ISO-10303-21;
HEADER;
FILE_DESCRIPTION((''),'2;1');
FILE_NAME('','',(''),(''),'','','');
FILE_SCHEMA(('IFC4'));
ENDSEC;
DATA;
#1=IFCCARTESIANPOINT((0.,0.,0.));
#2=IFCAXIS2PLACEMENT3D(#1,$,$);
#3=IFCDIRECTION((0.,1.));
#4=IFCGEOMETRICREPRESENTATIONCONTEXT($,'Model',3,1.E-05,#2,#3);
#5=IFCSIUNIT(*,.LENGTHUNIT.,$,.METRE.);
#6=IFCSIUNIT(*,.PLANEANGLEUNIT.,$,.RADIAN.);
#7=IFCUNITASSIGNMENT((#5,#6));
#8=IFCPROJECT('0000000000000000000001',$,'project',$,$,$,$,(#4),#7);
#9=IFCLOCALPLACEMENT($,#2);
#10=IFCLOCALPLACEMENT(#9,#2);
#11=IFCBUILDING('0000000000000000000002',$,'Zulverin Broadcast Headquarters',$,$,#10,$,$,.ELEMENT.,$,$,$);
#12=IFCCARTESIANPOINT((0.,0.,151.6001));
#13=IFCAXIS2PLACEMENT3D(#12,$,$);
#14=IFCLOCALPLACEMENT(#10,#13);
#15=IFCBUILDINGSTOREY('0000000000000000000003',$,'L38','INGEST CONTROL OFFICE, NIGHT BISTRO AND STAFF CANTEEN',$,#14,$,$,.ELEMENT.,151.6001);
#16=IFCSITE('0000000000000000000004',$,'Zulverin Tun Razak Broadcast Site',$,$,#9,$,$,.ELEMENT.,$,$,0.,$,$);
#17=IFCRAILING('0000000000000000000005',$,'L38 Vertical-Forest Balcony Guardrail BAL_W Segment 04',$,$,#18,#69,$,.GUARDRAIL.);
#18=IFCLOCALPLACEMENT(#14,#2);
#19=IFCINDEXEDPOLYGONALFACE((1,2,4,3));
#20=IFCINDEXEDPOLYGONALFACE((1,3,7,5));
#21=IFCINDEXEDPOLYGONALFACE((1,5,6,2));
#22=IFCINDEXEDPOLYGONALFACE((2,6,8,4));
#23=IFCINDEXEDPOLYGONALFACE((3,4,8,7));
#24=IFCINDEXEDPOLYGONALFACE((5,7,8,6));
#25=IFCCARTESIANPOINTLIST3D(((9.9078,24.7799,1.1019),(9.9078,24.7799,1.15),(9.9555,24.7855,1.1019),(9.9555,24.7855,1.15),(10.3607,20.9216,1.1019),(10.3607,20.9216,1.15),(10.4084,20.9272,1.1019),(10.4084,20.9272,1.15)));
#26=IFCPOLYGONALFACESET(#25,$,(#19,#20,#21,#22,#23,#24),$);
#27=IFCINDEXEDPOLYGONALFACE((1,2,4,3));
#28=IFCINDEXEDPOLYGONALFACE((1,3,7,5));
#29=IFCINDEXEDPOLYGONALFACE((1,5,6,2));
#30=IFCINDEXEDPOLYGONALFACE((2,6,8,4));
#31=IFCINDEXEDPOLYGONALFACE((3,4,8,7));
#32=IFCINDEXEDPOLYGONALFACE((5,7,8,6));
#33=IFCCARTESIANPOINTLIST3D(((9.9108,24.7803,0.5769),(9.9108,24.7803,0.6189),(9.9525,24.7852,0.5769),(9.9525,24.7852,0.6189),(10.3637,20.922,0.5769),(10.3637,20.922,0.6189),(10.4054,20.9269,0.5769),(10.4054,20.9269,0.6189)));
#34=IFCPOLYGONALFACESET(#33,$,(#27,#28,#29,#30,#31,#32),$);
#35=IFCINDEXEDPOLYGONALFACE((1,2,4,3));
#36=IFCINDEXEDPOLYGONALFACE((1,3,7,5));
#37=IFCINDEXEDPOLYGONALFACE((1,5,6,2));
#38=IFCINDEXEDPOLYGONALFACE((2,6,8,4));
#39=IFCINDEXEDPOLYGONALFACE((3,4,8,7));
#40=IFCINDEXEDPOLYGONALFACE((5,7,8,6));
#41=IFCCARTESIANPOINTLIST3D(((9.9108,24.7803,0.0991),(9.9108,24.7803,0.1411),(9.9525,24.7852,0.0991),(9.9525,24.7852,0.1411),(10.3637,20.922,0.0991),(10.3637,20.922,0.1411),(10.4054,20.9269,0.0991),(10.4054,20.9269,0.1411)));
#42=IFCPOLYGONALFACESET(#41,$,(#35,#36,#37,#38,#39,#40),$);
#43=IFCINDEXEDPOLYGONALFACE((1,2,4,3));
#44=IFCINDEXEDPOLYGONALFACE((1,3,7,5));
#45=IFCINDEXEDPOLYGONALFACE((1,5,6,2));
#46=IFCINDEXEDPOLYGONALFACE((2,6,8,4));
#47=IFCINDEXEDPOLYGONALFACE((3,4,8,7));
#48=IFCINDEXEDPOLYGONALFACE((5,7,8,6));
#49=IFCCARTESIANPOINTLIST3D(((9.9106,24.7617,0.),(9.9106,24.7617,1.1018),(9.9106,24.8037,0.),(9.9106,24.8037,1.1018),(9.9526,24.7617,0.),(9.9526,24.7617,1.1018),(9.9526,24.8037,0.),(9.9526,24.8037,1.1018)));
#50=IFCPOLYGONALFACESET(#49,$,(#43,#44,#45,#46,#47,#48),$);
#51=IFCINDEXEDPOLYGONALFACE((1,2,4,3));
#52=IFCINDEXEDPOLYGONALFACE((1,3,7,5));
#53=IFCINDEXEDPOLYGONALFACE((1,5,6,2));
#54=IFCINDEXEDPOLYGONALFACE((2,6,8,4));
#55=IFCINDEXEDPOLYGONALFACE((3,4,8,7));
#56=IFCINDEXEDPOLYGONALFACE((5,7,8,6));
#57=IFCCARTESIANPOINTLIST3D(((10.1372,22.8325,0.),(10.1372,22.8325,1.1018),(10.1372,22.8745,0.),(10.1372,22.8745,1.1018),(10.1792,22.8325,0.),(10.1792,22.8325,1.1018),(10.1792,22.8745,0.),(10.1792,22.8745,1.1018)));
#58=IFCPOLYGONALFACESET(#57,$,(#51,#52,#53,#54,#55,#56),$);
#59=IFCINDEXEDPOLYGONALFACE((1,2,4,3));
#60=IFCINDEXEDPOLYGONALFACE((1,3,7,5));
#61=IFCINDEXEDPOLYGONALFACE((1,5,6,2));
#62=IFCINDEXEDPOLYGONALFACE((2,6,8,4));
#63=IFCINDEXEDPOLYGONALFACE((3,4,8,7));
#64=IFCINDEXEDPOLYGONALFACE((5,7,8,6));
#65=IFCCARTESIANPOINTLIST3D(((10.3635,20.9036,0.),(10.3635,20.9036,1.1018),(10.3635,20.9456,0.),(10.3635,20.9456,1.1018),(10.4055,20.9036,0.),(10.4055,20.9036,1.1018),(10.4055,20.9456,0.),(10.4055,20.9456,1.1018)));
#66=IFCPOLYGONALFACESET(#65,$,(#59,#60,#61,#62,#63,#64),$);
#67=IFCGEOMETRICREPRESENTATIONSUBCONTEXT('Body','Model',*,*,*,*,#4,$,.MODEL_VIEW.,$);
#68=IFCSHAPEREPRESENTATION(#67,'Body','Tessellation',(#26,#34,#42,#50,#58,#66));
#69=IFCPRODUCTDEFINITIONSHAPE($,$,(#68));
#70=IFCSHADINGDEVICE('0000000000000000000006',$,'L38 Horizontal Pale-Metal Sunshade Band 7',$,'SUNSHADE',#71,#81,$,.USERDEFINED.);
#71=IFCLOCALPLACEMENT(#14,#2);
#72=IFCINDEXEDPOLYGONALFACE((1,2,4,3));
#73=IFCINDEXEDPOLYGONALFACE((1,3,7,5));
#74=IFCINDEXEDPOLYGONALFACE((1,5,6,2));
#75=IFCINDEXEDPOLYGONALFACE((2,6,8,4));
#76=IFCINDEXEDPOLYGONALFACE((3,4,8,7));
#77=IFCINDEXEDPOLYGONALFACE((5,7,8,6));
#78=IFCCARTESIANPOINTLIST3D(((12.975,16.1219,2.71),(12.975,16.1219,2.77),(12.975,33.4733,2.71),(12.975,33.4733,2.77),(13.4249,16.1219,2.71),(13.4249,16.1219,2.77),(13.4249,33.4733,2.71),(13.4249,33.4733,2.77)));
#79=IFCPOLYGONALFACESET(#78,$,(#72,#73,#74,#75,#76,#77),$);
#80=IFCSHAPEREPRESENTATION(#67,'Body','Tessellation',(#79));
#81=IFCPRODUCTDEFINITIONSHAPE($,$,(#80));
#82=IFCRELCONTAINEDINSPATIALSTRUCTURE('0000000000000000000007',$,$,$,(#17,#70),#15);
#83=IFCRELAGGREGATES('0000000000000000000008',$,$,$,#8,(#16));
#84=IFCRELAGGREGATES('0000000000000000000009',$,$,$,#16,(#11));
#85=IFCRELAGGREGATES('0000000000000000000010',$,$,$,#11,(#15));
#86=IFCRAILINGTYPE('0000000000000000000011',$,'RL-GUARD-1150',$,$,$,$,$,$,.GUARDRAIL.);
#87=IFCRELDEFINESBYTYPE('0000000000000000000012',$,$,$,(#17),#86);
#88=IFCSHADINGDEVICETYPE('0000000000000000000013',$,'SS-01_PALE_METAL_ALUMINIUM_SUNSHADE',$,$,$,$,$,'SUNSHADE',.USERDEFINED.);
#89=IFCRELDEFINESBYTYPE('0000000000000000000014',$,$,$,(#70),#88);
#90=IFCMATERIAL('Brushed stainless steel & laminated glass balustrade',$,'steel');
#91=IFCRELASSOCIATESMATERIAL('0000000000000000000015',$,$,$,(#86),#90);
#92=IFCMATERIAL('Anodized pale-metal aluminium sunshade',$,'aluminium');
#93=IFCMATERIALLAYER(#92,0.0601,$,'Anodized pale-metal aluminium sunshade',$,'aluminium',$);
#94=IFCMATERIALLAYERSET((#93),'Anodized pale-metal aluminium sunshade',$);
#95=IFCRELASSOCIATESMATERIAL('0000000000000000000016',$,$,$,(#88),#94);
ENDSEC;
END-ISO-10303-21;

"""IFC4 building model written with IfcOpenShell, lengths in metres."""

from ifc_helpers import new_model, si_unit, direction, frame, origin, origin_2d, place, context, subcontext, project, spatial, rectangle, extrude, material, layer, layer_set, type_object, element, save


model = new_model("IFC4")

# Units and contexts
model_context = context("Model", 3, precision=1e-05, world=origin(), true_north=direction((0.0, 1.0)))
body_context = subcontext(model_context, "Body", "Model", "MODEL_VIEW")
ifc_project = project(units=[si_unit("LENGTHUNIT", "METRE"), si_unit("PLANEANGLEUNIT", "RADIAN")], contexts=[model_context])

# Site, building, storey
site_placement = place(None, origin())
site = spatial("IfcSite", under=ifc_project, at=site_placement, Name="Zulverin Tun Razak Broadcast Site", CompositionType="ELEMENT", RefElevation=0.0)
building_placement = place(site_placement, origin())
building = spatial("IfcBuilding", under=site, at=building_placement, Name="Zulverin Broadcast Headquarters", CompositionType="ELEMENT")
storey_placement = place(building_placement, frame((0.0, 0.0, 151.6001)))
storey = spatial("IfcBuildingStorey", under=building, at=storey_placement, Name="L38", Description="INGEST CONTROL OFFICE, NIGHT BISTRO AND STAFF CANTEEN", CompositionType="ELEMENT", Elevation=151.6001)

# Railing
ifc_material_1 = material(Name="Brushed stainless steel & laminated glass balustrade", Category="steel")
railing_type = type_object("IfcRailingType", Name="RL-GUARD-1150", PredefinedType="GUARDRAIL", material=ifc_material_1)
railing_1_placement = place(storey_placement, frame((9.9316, 24.7827, 0.0)))
element("IfcRailing", 1, at=railing_1_placement, inside=storey, type_object=railing_type, Name="L38 Vertical-Forest Balcony Guardrail BAL_W Segment 04", PredefinedType="GUARDRAIL", context=body_context, shape_type="SweptSolid", body=[
    extrude(rectangle(XDim=0.0481, YDim=0.0481, at=origin_2d()), frame((0.0, 0.0, 1.126), z_axis=(0.116582, -0.993181, 0.0), x_axis=(0.993181, 0.116582, 0.0)), (0.0, 0.0, 1.0), 3.8848),
    extrude(rectangle(XDim=0.042, YDim=0.042, at=origin_2d()), frame((0.0, 0.0, 0.5979), z_axis=(0.116582, -0.993181, 0.0), x_axis=(0.993181, 0.116582, 0.0)), (0.0, 0.0, 1.0), 3.8848),
    extrude(rectangle(XDim=0.042, YDim=0.042, at=origin_2d()), frame((0.0, 0.0, 0.1201), z_axis=(0.116582, -0.993181, 0.0), x_axis=(0.993181, 0.116582, 0.0)), (0.0, 0.0, 1.0), 3.8848),
    extrude(rectangle(XDim=0.042, YDim=0.042, at=origin_2d()), origin(), (0.0, 0.0, 1.0), 1.1018),
    extrude(rectangle(XDim=0.042, YDim=0.042, at=origin_2d()), frame((0.2266, -1.9292, 0.0)), (0.0, 0.0, 1.0), 1.1018),
    extrude(rectangle(XDim=0.042, YDim=0.042, at=origin_2d()), frame((0.4529, -3.8582, 0.0)), (0.0, 0.0, 1.0), 1.1018),
])

# Shading device
ifc_material_2 = material(Name="Anodized pale-metal aluminium sunshade", Category="aluminium")
ifc_layer_1 = layer(ifc_material_2, 0.0601, Name="Anodized pale-metal aluminium sunshade", Category="aluminium")
ifc_layer_set_1 = layer_set([ifc_layer_1], Name="Anodized pale-metal aluminium sunshade")
shading_device_type = type_object("IfcShadingDeviceType", Name="SS-01_PALE_METAL_ALUMINIUM_SUNSHADE", ElementType="SUNSHADE", PredefinedType="USERDEFINED", material=ifc_layer_set_1)
shading_device_placement = place(storey_placement, frame((13.2, 24.7976, 2.71), z_axis=(0.0, 0.0, 1.0), x_axis=(0.0, -1.0, 0.0)))
element("IfcShadingDevice", 2, at=shading_device_placement, inside=storey, type_object=shading_device_type, Name="L38 Horizontal Pale-Metal Sunshade Band 7", ObjectType="SUNSHADE", PredefinedType="USERDEFINED", context=body_context, shape_type="SweptSolid", body=[
    extrude(rectangle(XDim=17.3513, YDim=0.45, at=origin_2d()), origin(), (0.0, 0.0, 1.0), 0.0601),
])

save(model, "model.ifc")
